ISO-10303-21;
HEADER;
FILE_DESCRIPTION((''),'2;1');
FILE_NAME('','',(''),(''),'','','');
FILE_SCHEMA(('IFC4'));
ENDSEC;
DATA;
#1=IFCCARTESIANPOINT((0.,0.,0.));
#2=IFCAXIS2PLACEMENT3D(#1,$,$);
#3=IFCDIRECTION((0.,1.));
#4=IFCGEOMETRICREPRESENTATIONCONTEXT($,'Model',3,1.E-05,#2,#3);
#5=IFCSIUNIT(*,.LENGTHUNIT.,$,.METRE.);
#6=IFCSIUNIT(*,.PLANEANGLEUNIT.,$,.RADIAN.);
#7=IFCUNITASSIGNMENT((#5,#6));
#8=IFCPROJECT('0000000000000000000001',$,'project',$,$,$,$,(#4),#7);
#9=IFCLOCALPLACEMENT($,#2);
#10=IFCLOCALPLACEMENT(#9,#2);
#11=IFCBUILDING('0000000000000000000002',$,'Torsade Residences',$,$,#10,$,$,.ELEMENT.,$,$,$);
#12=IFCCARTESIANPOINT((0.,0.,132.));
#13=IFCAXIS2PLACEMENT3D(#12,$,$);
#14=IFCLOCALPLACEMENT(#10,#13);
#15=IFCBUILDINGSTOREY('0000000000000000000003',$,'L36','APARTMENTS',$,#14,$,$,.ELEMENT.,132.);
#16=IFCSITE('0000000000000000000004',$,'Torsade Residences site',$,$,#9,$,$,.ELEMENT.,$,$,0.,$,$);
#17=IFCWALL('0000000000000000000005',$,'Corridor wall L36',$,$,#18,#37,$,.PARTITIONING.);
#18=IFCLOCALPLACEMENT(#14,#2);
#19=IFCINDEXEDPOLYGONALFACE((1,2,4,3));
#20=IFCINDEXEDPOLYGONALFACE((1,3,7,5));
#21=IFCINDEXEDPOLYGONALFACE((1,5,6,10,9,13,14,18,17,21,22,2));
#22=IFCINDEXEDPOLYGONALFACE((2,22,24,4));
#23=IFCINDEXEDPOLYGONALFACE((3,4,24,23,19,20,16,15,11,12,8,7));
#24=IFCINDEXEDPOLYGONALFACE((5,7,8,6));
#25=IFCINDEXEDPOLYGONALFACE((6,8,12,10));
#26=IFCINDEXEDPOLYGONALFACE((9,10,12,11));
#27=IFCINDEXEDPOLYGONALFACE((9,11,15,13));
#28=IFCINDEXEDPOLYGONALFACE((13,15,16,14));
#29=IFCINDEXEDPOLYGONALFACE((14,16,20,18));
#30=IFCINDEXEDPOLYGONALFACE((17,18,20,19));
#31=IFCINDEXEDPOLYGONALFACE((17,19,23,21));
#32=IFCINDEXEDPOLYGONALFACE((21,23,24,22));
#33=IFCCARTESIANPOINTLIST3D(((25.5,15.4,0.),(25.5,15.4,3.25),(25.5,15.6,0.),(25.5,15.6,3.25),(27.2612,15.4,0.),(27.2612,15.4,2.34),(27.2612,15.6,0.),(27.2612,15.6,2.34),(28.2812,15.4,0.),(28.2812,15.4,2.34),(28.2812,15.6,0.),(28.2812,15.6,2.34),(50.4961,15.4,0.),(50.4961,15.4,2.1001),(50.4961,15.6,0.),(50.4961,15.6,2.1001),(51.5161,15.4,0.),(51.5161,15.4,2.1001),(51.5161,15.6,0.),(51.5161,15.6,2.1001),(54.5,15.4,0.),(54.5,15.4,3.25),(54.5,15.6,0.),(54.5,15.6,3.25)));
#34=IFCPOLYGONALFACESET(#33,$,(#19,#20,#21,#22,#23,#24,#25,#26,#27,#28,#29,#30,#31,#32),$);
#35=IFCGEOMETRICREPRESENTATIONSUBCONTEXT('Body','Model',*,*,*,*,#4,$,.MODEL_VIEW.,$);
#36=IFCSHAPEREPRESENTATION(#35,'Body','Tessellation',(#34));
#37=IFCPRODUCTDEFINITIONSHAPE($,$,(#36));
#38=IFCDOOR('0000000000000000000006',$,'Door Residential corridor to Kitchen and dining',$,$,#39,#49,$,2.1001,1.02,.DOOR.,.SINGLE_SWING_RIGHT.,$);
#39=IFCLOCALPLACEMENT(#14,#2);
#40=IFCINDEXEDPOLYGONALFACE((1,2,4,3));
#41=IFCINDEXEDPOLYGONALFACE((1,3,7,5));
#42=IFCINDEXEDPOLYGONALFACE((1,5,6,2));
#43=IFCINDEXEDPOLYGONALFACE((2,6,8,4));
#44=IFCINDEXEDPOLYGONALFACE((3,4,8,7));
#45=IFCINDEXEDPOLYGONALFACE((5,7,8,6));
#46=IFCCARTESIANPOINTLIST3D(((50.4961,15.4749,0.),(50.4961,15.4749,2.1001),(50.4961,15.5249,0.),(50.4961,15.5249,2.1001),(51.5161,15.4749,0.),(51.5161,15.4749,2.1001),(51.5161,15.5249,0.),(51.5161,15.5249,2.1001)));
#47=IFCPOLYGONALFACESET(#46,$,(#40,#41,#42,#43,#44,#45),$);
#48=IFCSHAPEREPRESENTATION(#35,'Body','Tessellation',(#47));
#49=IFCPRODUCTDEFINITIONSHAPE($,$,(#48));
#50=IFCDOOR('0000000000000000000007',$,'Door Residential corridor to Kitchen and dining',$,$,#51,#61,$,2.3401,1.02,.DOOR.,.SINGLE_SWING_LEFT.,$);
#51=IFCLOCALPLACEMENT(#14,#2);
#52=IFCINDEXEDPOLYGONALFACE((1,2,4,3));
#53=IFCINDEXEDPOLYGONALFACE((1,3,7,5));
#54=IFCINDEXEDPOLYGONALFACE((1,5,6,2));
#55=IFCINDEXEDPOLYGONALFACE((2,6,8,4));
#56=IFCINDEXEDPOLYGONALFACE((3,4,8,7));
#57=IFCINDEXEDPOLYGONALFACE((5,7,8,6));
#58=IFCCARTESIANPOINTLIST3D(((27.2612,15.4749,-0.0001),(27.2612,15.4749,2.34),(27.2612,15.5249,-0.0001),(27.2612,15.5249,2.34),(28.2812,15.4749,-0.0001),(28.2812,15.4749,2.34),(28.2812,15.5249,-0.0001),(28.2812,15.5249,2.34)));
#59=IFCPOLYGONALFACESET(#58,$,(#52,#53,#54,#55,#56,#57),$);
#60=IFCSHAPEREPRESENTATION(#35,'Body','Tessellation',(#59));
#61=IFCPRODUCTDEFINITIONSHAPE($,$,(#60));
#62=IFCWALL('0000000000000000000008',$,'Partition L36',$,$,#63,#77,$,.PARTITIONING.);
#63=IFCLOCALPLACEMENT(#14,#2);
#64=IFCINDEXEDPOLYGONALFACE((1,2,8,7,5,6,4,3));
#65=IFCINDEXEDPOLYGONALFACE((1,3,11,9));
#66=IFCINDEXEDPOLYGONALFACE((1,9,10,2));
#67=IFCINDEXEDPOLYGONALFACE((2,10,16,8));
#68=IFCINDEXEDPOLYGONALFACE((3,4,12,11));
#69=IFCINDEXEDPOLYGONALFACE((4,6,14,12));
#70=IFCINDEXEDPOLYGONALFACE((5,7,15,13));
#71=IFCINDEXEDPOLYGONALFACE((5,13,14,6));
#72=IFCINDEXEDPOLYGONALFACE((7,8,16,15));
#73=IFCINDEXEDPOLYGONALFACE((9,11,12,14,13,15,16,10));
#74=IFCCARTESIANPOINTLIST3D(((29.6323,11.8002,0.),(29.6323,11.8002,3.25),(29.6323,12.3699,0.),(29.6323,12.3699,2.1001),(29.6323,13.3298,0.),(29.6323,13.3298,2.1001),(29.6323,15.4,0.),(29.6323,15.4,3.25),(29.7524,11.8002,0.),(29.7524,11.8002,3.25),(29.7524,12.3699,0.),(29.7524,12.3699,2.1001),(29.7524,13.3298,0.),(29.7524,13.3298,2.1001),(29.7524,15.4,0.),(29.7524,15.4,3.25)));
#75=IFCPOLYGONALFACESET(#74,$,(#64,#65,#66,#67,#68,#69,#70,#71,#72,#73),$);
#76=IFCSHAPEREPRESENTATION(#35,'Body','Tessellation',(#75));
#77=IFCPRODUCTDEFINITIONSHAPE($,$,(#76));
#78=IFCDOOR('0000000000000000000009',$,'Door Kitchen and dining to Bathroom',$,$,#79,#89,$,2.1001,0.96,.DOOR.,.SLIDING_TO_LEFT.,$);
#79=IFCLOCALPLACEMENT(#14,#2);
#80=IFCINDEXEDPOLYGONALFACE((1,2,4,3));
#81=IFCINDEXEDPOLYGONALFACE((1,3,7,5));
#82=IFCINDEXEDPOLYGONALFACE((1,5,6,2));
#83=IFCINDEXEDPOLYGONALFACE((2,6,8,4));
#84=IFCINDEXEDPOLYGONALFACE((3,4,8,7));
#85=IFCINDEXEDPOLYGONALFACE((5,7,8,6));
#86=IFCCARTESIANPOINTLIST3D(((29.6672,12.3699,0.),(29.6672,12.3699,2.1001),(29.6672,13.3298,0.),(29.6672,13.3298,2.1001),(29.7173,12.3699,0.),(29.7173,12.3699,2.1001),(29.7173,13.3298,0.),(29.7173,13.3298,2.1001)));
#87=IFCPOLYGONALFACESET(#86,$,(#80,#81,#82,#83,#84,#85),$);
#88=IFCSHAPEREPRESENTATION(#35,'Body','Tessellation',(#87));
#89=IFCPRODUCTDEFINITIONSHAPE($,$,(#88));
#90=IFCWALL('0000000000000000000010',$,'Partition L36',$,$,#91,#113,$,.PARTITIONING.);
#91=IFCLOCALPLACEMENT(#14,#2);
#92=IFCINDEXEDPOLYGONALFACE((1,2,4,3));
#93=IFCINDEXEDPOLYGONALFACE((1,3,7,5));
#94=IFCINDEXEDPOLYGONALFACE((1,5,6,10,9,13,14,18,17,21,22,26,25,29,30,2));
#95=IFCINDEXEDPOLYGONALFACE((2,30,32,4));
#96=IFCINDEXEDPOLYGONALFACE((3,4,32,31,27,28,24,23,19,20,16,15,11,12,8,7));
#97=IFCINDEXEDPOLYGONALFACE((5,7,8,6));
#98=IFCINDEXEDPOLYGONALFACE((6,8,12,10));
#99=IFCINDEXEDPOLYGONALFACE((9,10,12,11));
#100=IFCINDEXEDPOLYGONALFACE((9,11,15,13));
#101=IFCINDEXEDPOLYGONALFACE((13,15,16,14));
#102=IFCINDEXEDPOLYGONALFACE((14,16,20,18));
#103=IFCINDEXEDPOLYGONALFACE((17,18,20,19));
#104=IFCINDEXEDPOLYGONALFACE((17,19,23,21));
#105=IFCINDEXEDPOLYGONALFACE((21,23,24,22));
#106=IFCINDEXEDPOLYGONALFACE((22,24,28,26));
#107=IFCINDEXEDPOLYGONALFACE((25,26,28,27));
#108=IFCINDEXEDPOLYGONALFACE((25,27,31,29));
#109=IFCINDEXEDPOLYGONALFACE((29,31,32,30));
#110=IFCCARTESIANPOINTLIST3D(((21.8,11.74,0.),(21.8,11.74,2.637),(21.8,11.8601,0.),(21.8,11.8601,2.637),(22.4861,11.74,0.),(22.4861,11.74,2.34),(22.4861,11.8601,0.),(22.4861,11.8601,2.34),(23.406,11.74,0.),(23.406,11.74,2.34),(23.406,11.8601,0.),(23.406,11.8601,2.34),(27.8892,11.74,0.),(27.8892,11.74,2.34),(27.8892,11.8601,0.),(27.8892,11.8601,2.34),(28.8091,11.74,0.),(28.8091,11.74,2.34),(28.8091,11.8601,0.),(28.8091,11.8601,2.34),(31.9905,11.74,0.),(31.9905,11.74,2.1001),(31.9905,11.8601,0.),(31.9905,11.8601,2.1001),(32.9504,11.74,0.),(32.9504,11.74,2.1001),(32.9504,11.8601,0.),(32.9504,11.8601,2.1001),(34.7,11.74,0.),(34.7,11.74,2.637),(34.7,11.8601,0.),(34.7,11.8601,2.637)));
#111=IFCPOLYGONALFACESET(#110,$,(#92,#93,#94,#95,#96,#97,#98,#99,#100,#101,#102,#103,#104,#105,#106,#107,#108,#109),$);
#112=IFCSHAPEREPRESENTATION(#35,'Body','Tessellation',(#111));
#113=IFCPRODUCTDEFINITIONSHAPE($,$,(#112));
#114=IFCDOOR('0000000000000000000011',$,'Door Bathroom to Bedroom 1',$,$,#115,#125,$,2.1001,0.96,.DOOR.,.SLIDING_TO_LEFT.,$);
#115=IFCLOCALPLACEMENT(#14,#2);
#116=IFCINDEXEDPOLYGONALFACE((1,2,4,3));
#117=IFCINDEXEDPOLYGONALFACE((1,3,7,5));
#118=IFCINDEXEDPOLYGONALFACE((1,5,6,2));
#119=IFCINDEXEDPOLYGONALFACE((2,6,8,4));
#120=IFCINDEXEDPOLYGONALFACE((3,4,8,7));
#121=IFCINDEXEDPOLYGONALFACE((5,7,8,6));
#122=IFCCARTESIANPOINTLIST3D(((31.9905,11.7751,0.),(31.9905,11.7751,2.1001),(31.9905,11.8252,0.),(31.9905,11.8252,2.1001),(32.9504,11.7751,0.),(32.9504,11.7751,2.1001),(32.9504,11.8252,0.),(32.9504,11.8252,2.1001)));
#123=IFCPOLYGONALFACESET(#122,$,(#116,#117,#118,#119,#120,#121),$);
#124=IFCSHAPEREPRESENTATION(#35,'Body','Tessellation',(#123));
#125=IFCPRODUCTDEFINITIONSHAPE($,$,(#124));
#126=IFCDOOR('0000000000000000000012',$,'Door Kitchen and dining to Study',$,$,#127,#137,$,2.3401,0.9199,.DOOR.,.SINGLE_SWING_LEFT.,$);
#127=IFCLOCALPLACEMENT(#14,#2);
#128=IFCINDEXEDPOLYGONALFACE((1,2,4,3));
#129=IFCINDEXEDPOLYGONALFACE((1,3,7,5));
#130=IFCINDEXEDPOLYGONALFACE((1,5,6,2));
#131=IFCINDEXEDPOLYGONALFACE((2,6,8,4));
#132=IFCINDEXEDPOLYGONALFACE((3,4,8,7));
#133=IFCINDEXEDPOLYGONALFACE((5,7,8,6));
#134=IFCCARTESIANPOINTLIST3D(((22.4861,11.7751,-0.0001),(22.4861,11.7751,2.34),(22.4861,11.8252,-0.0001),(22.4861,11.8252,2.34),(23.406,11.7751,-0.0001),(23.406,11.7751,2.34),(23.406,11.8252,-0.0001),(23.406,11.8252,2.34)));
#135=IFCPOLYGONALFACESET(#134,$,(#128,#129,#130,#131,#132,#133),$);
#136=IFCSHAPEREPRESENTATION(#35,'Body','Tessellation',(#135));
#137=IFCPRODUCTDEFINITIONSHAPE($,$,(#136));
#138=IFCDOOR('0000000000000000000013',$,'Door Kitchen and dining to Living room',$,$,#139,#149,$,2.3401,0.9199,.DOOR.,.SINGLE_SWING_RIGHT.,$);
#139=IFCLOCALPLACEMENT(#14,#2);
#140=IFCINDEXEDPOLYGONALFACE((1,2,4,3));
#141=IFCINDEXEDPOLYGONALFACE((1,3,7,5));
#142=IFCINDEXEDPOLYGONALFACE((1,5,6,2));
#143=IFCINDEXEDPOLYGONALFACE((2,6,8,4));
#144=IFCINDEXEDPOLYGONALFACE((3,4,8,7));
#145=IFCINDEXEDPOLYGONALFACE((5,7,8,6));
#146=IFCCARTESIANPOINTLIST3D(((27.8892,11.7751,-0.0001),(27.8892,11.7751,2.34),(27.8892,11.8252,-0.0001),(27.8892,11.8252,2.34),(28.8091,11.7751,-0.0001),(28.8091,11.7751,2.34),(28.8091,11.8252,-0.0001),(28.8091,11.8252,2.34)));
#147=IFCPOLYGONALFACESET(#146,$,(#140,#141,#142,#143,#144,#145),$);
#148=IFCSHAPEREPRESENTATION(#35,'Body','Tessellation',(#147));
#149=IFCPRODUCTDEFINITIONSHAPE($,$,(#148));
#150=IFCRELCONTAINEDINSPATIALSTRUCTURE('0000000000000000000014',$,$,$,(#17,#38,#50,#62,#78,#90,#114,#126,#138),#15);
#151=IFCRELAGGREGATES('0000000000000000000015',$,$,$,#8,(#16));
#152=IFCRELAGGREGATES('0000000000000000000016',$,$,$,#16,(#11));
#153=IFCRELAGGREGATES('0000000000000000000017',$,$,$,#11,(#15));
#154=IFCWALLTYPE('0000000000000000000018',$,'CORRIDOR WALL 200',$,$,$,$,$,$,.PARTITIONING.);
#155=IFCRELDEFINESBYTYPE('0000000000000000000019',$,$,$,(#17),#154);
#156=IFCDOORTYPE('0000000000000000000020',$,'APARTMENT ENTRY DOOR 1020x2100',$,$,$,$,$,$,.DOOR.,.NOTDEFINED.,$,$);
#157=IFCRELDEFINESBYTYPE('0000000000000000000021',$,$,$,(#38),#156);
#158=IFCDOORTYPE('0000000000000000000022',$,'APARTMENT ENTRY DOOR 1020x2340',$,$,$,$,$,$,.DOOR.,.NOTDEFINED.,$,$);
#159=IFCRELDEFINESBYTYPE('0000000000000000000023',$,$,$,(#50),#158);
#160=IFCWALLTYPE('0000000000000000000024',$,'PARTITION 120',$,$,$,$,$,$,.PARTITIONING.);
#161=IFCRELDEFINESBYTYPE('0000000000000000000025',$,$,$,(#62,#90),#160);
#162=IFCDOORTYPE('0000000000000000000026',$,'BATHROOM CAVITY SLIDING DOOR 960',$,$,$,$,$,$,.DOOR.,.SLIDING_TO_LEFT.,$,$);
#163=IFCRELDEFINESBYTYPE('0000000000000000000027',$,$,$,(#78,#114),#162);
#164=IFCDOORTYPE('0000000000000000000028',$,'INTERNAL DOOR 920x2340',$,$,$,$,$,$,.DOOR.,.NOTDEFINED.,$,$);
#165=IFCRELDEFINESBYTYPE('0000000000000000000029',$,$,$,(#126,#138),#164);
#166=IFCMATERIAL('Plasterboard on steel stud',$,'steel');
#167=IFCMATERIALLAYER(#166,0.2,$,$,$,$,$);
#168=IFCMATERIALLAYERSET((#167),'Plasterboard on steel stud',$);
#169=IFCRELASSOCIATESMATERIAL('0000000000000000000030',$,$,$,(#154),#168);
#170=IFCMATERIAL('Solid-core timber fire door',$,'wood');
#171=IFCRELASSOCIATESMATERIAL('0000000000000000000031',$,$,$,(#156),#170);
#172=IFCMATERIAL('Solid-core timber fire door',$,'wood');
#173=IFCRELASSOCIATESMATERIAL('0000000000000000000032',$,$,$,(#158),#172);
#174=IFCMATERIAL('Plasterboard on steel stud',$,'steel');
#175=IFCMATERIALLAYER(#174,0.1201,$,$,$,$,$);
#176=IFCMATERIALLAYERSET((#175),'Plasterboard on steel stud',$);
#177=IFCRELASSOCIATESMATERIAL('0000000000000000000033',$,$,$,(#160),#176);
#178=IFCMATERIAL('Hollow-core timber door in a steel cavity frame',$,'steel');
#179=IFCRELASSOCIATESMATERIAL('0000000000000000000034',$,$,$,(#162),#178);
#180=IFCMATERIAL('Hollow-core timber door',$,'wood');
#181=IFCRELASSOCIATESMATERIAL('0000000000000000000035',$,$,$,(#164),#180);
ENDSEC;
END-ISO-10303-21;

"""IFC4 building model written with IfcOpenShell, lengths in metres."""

from ifc_helpers import new_model, si_unit, direction, frame, frame_2d, origin, place, context, subcontext, project, spatial, rectangle, extrude, material, layer, layer_set, type_object, element, fill, save


model = new_model("IFC4")

# Units and contexts
model_context = context("Model", 3, precision=1e-05, world=origin(), true_north=direction((0.0, 1.0)))
body_context = subcontext(model_context, "Body", "Model", "MODEL_VIEW")
ifc_project = project(units=[si_unit("LENGTHUNIT", "METRE"), si_unit("PLANEANGLEUNIT", "RADIAN")], contexts=[model_context])

# Site, building, storey
site_placement = place(None, origin())
site = spatial("IfcSite", under=ifc_project, at=site_placement, Name="Torsade Residences site", CompositionType="ELEMENT", RefElevation=0.0)
building_placement = place(site_placement, origin())
building = spatial("IfcBuilding", under=site, at=building_placement, Name="Torsade Residences", CompositionType="ELEMENT")
storey_placement = place(building_placement, frame((0.0, 0.0, 132.0)))
storey = spatial("IfcBuildingStorey", under=building, at=storey_placement, Name="L36", Description="APARTMENTS", CompositionType="ELEMENT", Elevation=132.0)

# Wall, openings, doors
ifc_material_1 = material(Name="Plasterboard on steel stud", Category="steel")
ifc_layer_1 = layer(ifc_material_1, 0.2)
ifc_layer_set_1 = layer_set([ifc_layer_1], Name="Plasterboard on steel stud")
wall_type_1 = type_object("IfcWallType", Name="CORRIDOR WALL 200", PredefinedType="PARTITIONING", material=ifc_layer_set_1)
wall_1_placement = place(storey_placement, frame((25.5, 15.5, 0.0), z_axis=(0.0, 0.0, 1.0), x_axis=(1.0, 0.0, 0.0)))
wall_1 = element("IfcWall", 1, at=wall_1_placement, inside=storey, type_object=wall_type_1, Name="Corridor wall L36", PredefinedType="PARTITIONING", context=body_context, shape_type="SweptSolid", body=[
    extrude(rectangle(XDim=29.0, YDim=0.2, at=frame_2d((14.5, 0.0))), origin(), (0.0, 0.0, 1.0), 3.25),
])
opening_1_placement = place(wall_1_placement, frame((24.9961, 0.0, 0.0)))
opening_1 = element("IfcOpeningElement", 2, at=opening_1_placement, cuts=wall_1, PredefinedType="OPENING", context=body_context, shape_type="SweptSolid", body=[
    extrude(rectangle(XDim=1.02, YDim=2.1001, at=frame_2d((0.51, 1.05))), frame((0.0, 0.1099, 0.0), z_axis=(0.0, -1.0, 0.0), x_axis=(1.0, 0.0, 0.0)), (0.0, 0.0, 1.0), 0.22),
])
opening_2_placement = place(wall_1_placement, frame((1.7612, 0.0, 0.0)))
opening_2 = element("IfcOpeningElement", 3, at=opening_2_placement, cuts=wall_1, PredefinedType="OPENING", context=body_context, shape_type="SweptSolid", body=[
    extrude(rectangle(XDim=1.02, YDim=2.3401, at=frame_2d((0.51, 1.1699))), frame((0.0, 0.1099, 0.0), z_axis=(0.0, -1.0, 0.0), x_axis=(1.0, 0.0, 0.0)), (0.0, 0.0, 1.0), 0.22),
])
ifc_material_2 = material(Name="Solid-core timber fire door", Category="wood")
door_type_1 = type_object("IfcDoorType", Name="APARTMENT ENTRY DOOR 1020x2100", OperationType="NOTDEFINED", PredefinedType="DOOR", material=ifc_material_2)
door_1_placement = place(opening_1_placement, origin())
door_1 = element("IfcDoor", 4, at=door_1_placement, inside=storey, type_object=door_type_1, Name="Door Residential corridor to Kitchen and dining", OperationType="SINGLE_SWING_RIGHT", OverallHeight=2.1001, OverallWidth=1.02, PredefinedType="DOOR", context=body_context, shape_type="SweptSolid", body=[
    extrude(rectangle(XDim=1.02, YDim=2.1001, at=frame_2d((0.51, 1.05))), frame((0.0, 0.0249, 0.0), z_axis=(0.0, -1.0, 0.0), x_axis=(1.0, 0.0, 0.0)), (0.0, 0.0, 1.0), 0.05),
])
fill(opening_1, door_1)
ifc_material_3 = material(Name="Solid-core timber fire door", Category="wood")
door_type_2 = type_object("IfcDoorType", Name="APARTMENT ENTRY DOOR 1020x2340", OperationType="NOTDEFINED", PredefinedType="DOOR", material=ifc_material_3)
door_2_placement = place(opening_2_placement, origin())
door_2 = element("IfcDoor", 5, at=door_2_placement, inside=storey, type_object=door_type_2, Name="Door Residential corridor to Kitchen and dining", OperationType="SINGLE_SWING_LEFT", OverallHeight=2.3401, OverallWidth=1.02, PredefinedType="DOOR", context=body_context, shape_type="SweptSolid", body=[
    extrude(rectangle(XDim=1.02, YDim=2.3401, at=frame_2d((0.51, 1.1699))), frame((0.0, 0.0249, 0.0), z_axis=(0.0, -1.0, 0.0), x_axis=(1.0, 0.0, 0.0)), (0.0, 0.0, 1.0), 0.05),
])
fill(opening_2, door_2)

# Wall, opening, door
ifc_material_4 = material(Name="Plasterboard on steel stud", Category="steel")
ifc_layer_2 = layer(ifc_material_4, 0.1201)
ifc_layer_set_2 = layer_set([ifc_layer_2], Name="Plasterboard on steel stud")
wall_type_2 = type_object("IfcWallType", Name="PARTITION 120", PredefinedType="PARTITIONING", material=ifc_layer_set_2)
wall_2_placement = place(storey_placement, frame((29.6924, 15.3999, 0.0), z_axis=(0.0, 0.0, 1.0), x_axis=(0.0, -1.0, 0.0)))
wall_2 = element("IfcWall", 6, at=wall_2_placement, inside=storey, type_object=wall_type_2, Name="Partition L36", PredefinedType="PARTITIONING", context=body_context, shape_type="SweptSolid", body=[
    extrude(rectangle(XDim=3.5999, YDim=0.1201, at=frame_2d((1.7998, 0.0))), origin(), (0.0, 0.0, 1.0), 3.25),
])
opening_3_placement = place(wall_2_placement, frame((2.0701, 0.0, 0.0)))
opening_3 = element("IfcOpeningElement", 7, at=opening_3_placement, cuts=wall_2, PredefinedType="OPENING", context=body_context, shape_type="SweptSolid", body=[
    extrude(rectangle(XDim=0.96, YDim=2.1001, at=frame_2d((0.48, 1.05))), frame((0.0, 0.0701, 0.0), z_axis=(0.0, -1.0, 0.0), x_axis=(1.0, 0.0, 0.0)), (0.0, 0.0, 1.0), 0.1401),
])
ifc_material_5 = material(Name="Hollow-core timber door in a steel cavity frame", Category="steel")
door_type_3 = type_object("IfcDoorType", Name="BATHROOM CAVITY SLIDING DOOR 960", OperationType="SLIDING_TO_LEFT", PredefinedType="DOOR", material=ifc_material_5)
door_3_placement = place(opening_3_placement, origin())
door_3 = element("IfcDoor", 8, at=door_3_placement, inside=storey, type_object=door_type_3, Name="Door Kitchen and dining to Bathroom", OperationType="SLIDING_TO_LEFT", OverallHeight=2.1001, OverallWidth=0.96, PredefinedType="DOOR", context=body_context, shape_type="SweptSolid", body=[
    extrude(rectangle(XDim=0.96, YDim=2.1001, at=frame_2d((0.48, 1.05))), frame((0.0, 0.0249, 0.0), z_axis=(0.0, -1.0, 0.0), x_axis=(1.0, 0.0, 0.0)), (0.0, 0.0, 1.0), 0.05),
])
fill(opening_3, door_3)

# Wall, openings, doors
wall_3_placement = place(storey_placement, frame((34.7, 11.8, 0.0), z_axis=(0.0, 0.0, 1.0), x_axis=(-1.0, 0.0, 0.0)))
wall_3 = element("IfcWall", 9, at=wall_3_placement, inside=storey, type_object=wall_type_2, Name="Partition L36", PredefinedType="PARTITIONING", context=body_context, shape_type="SweptSolid", body=[
    extrude(rectangle(XDim=12.8999, YDim=0.1201, at=frame_2d((6.45, 0.0))), origin(), (0.0, 0.0, 1.0), 2.637),
])
opening_4_placement = place(wall_3_placement, frame((11.2939, 0.0, 0.0)))
opening_4 = element("IfcOpeningElement", 10, at=opening_4_placement, cuts=wall_3, PredefinedType="OPENING", context=body_context, shape_type="SweptSolid", body=[
    extrude(rectangle(XDim=0.9199, YDim=2.3401, at=frame_2d((0.46, 1.1699))), frame((0.0, 0.0701, 0.0), z_axis=(0.0, -1.0, 0.0), x_axis=(1.0, 0.0, 0.0)), (0.0, 0.0, 1.0), 0.1401),
])
opening_5_placement = place(wall_3_placement, frame((5.8909, 0.0, 0.0)))
opening_5 = element("IfcOpeningElement", 11, at=opening_5_placement, cuts=wall_3, PredefinedType="OPENING", context=body_context, shape_type="SweptSolid", body=[
    extrude(rectangle(XDim=0.9199, YDim=2.3401, at=frame_2d((0.46, 1.1699))), frame((0.0, 0.0701, 0.0), z_axis=(0.0, -1.0, 0.0), x_axis=(1.0, 0.0, 0.0)), (0.0, 0.0, 1.0), 0.1401),
])
opening_6_placement = place(wall_3_placement, frame((1.7495, 0.0, 0.0)))
opening_6 = element("IfcOpeningElement", 12, at=opening_6_placement, cuts=wall_3, PredefinedType="OPENING", context=body_context, shape_type="SweptSolid", body=[
    extrude(rectangle(XDim=0.96, YDim=2.1001, at=frame_2d((0.48, 1.05))), frame((0.0, 0.0701, 0.0), z_axis=(0.0, -1.0, 0.0), x_axis=(1.0, 0.0, 0.0)), (0.0, 0.0, 1.0), 0.1401),
])
door_4_placement = place(opening_6_placement, origin())
door_4 = element("IfcDoor", 13, at=door_4_placement, inside=storey, type_object=door_type_3, Name="Door Bathroom to Bedroom 1", OperationType="SLIDING_TO_LEFT", OverallHeight=2.1001, OverallWidth=0.96, PredefinedType="DOOR", context=body_context, shape_type="SweptSolid", body=[
    extrude(rectangle(XDim=0.96, YDim=2.1001, at=frame_2d((0.48, 1.05))), frame((0.0, 0.0249, 0.0), z_axis=(0.0, -1.0, 0.0), x_axis=(1.0, 0.0, 0.0)), (0.0, 0.0, 1.0), 0.05),
])
fill(opening_6, door_4)
ifc_material_6 = material(Name="Hollow-core timber door", Category="wood")
door_type_4 = type_object("IfcDoorType", Name="INTERNAL DOOR 920x2340", OperationType="NOTDEFINED", PredefinedType="DOOR", material=ifc_material_6)
door_5_placement = place(opening_4_placement, origin())
door_5 = element("IfcDoor", 14, at=door_5_placement, inside=storey, type_object=door_type_4, Name="Door Kitchen and dining to Study", OperationType="SINGLE_SWING_LEFT", OverallHeight=2.3401, OverallWidth=0.9199, PredefinedType="DOOR", context=body_context, shape_type="SweptSolid", body=[
    extrude(rectangle(XDim=0.9199, YDim=2.3401, at=frame_2d((0.46, 1.1699))), frame((0.0, 0.0249, 0.0), z_axis=(0.0, -1.0, 0.0), x_axis=(1.0, 0.0, 0.0)), (0.0, 0.0, 1.0), 0.05),
])
fill(opening_4, door_5)
door_6_placement = place(opening_5_placement, origin())
door_6 = element("IfcDoor", 15, at=door_6_placement, inside=storey, type_object=door_type_4, Name="Door Kitchen and dining to Living room", OperationType="SINGLE_SWING_RIGHT", OverallHeight=2.3401, OverallWidth=0.9199, PredefinedType="DOOR", context=body_context, shape_type="SweptSolid", body=[
    extrude(rectangle(XDim=0.9199, YDim=2.3401, at=frame_2d((0.46, 1.1699))), frame((0.0, 0.0249, 0.0), z_axis=(0.0, -1.0, 0.0), x_axis=(1.0, 0.0, 0.0)), (0.0, 0.0, 1.0), 0.05),
])
fill(opening_5, door_6)

save(model, "model.ifc")
